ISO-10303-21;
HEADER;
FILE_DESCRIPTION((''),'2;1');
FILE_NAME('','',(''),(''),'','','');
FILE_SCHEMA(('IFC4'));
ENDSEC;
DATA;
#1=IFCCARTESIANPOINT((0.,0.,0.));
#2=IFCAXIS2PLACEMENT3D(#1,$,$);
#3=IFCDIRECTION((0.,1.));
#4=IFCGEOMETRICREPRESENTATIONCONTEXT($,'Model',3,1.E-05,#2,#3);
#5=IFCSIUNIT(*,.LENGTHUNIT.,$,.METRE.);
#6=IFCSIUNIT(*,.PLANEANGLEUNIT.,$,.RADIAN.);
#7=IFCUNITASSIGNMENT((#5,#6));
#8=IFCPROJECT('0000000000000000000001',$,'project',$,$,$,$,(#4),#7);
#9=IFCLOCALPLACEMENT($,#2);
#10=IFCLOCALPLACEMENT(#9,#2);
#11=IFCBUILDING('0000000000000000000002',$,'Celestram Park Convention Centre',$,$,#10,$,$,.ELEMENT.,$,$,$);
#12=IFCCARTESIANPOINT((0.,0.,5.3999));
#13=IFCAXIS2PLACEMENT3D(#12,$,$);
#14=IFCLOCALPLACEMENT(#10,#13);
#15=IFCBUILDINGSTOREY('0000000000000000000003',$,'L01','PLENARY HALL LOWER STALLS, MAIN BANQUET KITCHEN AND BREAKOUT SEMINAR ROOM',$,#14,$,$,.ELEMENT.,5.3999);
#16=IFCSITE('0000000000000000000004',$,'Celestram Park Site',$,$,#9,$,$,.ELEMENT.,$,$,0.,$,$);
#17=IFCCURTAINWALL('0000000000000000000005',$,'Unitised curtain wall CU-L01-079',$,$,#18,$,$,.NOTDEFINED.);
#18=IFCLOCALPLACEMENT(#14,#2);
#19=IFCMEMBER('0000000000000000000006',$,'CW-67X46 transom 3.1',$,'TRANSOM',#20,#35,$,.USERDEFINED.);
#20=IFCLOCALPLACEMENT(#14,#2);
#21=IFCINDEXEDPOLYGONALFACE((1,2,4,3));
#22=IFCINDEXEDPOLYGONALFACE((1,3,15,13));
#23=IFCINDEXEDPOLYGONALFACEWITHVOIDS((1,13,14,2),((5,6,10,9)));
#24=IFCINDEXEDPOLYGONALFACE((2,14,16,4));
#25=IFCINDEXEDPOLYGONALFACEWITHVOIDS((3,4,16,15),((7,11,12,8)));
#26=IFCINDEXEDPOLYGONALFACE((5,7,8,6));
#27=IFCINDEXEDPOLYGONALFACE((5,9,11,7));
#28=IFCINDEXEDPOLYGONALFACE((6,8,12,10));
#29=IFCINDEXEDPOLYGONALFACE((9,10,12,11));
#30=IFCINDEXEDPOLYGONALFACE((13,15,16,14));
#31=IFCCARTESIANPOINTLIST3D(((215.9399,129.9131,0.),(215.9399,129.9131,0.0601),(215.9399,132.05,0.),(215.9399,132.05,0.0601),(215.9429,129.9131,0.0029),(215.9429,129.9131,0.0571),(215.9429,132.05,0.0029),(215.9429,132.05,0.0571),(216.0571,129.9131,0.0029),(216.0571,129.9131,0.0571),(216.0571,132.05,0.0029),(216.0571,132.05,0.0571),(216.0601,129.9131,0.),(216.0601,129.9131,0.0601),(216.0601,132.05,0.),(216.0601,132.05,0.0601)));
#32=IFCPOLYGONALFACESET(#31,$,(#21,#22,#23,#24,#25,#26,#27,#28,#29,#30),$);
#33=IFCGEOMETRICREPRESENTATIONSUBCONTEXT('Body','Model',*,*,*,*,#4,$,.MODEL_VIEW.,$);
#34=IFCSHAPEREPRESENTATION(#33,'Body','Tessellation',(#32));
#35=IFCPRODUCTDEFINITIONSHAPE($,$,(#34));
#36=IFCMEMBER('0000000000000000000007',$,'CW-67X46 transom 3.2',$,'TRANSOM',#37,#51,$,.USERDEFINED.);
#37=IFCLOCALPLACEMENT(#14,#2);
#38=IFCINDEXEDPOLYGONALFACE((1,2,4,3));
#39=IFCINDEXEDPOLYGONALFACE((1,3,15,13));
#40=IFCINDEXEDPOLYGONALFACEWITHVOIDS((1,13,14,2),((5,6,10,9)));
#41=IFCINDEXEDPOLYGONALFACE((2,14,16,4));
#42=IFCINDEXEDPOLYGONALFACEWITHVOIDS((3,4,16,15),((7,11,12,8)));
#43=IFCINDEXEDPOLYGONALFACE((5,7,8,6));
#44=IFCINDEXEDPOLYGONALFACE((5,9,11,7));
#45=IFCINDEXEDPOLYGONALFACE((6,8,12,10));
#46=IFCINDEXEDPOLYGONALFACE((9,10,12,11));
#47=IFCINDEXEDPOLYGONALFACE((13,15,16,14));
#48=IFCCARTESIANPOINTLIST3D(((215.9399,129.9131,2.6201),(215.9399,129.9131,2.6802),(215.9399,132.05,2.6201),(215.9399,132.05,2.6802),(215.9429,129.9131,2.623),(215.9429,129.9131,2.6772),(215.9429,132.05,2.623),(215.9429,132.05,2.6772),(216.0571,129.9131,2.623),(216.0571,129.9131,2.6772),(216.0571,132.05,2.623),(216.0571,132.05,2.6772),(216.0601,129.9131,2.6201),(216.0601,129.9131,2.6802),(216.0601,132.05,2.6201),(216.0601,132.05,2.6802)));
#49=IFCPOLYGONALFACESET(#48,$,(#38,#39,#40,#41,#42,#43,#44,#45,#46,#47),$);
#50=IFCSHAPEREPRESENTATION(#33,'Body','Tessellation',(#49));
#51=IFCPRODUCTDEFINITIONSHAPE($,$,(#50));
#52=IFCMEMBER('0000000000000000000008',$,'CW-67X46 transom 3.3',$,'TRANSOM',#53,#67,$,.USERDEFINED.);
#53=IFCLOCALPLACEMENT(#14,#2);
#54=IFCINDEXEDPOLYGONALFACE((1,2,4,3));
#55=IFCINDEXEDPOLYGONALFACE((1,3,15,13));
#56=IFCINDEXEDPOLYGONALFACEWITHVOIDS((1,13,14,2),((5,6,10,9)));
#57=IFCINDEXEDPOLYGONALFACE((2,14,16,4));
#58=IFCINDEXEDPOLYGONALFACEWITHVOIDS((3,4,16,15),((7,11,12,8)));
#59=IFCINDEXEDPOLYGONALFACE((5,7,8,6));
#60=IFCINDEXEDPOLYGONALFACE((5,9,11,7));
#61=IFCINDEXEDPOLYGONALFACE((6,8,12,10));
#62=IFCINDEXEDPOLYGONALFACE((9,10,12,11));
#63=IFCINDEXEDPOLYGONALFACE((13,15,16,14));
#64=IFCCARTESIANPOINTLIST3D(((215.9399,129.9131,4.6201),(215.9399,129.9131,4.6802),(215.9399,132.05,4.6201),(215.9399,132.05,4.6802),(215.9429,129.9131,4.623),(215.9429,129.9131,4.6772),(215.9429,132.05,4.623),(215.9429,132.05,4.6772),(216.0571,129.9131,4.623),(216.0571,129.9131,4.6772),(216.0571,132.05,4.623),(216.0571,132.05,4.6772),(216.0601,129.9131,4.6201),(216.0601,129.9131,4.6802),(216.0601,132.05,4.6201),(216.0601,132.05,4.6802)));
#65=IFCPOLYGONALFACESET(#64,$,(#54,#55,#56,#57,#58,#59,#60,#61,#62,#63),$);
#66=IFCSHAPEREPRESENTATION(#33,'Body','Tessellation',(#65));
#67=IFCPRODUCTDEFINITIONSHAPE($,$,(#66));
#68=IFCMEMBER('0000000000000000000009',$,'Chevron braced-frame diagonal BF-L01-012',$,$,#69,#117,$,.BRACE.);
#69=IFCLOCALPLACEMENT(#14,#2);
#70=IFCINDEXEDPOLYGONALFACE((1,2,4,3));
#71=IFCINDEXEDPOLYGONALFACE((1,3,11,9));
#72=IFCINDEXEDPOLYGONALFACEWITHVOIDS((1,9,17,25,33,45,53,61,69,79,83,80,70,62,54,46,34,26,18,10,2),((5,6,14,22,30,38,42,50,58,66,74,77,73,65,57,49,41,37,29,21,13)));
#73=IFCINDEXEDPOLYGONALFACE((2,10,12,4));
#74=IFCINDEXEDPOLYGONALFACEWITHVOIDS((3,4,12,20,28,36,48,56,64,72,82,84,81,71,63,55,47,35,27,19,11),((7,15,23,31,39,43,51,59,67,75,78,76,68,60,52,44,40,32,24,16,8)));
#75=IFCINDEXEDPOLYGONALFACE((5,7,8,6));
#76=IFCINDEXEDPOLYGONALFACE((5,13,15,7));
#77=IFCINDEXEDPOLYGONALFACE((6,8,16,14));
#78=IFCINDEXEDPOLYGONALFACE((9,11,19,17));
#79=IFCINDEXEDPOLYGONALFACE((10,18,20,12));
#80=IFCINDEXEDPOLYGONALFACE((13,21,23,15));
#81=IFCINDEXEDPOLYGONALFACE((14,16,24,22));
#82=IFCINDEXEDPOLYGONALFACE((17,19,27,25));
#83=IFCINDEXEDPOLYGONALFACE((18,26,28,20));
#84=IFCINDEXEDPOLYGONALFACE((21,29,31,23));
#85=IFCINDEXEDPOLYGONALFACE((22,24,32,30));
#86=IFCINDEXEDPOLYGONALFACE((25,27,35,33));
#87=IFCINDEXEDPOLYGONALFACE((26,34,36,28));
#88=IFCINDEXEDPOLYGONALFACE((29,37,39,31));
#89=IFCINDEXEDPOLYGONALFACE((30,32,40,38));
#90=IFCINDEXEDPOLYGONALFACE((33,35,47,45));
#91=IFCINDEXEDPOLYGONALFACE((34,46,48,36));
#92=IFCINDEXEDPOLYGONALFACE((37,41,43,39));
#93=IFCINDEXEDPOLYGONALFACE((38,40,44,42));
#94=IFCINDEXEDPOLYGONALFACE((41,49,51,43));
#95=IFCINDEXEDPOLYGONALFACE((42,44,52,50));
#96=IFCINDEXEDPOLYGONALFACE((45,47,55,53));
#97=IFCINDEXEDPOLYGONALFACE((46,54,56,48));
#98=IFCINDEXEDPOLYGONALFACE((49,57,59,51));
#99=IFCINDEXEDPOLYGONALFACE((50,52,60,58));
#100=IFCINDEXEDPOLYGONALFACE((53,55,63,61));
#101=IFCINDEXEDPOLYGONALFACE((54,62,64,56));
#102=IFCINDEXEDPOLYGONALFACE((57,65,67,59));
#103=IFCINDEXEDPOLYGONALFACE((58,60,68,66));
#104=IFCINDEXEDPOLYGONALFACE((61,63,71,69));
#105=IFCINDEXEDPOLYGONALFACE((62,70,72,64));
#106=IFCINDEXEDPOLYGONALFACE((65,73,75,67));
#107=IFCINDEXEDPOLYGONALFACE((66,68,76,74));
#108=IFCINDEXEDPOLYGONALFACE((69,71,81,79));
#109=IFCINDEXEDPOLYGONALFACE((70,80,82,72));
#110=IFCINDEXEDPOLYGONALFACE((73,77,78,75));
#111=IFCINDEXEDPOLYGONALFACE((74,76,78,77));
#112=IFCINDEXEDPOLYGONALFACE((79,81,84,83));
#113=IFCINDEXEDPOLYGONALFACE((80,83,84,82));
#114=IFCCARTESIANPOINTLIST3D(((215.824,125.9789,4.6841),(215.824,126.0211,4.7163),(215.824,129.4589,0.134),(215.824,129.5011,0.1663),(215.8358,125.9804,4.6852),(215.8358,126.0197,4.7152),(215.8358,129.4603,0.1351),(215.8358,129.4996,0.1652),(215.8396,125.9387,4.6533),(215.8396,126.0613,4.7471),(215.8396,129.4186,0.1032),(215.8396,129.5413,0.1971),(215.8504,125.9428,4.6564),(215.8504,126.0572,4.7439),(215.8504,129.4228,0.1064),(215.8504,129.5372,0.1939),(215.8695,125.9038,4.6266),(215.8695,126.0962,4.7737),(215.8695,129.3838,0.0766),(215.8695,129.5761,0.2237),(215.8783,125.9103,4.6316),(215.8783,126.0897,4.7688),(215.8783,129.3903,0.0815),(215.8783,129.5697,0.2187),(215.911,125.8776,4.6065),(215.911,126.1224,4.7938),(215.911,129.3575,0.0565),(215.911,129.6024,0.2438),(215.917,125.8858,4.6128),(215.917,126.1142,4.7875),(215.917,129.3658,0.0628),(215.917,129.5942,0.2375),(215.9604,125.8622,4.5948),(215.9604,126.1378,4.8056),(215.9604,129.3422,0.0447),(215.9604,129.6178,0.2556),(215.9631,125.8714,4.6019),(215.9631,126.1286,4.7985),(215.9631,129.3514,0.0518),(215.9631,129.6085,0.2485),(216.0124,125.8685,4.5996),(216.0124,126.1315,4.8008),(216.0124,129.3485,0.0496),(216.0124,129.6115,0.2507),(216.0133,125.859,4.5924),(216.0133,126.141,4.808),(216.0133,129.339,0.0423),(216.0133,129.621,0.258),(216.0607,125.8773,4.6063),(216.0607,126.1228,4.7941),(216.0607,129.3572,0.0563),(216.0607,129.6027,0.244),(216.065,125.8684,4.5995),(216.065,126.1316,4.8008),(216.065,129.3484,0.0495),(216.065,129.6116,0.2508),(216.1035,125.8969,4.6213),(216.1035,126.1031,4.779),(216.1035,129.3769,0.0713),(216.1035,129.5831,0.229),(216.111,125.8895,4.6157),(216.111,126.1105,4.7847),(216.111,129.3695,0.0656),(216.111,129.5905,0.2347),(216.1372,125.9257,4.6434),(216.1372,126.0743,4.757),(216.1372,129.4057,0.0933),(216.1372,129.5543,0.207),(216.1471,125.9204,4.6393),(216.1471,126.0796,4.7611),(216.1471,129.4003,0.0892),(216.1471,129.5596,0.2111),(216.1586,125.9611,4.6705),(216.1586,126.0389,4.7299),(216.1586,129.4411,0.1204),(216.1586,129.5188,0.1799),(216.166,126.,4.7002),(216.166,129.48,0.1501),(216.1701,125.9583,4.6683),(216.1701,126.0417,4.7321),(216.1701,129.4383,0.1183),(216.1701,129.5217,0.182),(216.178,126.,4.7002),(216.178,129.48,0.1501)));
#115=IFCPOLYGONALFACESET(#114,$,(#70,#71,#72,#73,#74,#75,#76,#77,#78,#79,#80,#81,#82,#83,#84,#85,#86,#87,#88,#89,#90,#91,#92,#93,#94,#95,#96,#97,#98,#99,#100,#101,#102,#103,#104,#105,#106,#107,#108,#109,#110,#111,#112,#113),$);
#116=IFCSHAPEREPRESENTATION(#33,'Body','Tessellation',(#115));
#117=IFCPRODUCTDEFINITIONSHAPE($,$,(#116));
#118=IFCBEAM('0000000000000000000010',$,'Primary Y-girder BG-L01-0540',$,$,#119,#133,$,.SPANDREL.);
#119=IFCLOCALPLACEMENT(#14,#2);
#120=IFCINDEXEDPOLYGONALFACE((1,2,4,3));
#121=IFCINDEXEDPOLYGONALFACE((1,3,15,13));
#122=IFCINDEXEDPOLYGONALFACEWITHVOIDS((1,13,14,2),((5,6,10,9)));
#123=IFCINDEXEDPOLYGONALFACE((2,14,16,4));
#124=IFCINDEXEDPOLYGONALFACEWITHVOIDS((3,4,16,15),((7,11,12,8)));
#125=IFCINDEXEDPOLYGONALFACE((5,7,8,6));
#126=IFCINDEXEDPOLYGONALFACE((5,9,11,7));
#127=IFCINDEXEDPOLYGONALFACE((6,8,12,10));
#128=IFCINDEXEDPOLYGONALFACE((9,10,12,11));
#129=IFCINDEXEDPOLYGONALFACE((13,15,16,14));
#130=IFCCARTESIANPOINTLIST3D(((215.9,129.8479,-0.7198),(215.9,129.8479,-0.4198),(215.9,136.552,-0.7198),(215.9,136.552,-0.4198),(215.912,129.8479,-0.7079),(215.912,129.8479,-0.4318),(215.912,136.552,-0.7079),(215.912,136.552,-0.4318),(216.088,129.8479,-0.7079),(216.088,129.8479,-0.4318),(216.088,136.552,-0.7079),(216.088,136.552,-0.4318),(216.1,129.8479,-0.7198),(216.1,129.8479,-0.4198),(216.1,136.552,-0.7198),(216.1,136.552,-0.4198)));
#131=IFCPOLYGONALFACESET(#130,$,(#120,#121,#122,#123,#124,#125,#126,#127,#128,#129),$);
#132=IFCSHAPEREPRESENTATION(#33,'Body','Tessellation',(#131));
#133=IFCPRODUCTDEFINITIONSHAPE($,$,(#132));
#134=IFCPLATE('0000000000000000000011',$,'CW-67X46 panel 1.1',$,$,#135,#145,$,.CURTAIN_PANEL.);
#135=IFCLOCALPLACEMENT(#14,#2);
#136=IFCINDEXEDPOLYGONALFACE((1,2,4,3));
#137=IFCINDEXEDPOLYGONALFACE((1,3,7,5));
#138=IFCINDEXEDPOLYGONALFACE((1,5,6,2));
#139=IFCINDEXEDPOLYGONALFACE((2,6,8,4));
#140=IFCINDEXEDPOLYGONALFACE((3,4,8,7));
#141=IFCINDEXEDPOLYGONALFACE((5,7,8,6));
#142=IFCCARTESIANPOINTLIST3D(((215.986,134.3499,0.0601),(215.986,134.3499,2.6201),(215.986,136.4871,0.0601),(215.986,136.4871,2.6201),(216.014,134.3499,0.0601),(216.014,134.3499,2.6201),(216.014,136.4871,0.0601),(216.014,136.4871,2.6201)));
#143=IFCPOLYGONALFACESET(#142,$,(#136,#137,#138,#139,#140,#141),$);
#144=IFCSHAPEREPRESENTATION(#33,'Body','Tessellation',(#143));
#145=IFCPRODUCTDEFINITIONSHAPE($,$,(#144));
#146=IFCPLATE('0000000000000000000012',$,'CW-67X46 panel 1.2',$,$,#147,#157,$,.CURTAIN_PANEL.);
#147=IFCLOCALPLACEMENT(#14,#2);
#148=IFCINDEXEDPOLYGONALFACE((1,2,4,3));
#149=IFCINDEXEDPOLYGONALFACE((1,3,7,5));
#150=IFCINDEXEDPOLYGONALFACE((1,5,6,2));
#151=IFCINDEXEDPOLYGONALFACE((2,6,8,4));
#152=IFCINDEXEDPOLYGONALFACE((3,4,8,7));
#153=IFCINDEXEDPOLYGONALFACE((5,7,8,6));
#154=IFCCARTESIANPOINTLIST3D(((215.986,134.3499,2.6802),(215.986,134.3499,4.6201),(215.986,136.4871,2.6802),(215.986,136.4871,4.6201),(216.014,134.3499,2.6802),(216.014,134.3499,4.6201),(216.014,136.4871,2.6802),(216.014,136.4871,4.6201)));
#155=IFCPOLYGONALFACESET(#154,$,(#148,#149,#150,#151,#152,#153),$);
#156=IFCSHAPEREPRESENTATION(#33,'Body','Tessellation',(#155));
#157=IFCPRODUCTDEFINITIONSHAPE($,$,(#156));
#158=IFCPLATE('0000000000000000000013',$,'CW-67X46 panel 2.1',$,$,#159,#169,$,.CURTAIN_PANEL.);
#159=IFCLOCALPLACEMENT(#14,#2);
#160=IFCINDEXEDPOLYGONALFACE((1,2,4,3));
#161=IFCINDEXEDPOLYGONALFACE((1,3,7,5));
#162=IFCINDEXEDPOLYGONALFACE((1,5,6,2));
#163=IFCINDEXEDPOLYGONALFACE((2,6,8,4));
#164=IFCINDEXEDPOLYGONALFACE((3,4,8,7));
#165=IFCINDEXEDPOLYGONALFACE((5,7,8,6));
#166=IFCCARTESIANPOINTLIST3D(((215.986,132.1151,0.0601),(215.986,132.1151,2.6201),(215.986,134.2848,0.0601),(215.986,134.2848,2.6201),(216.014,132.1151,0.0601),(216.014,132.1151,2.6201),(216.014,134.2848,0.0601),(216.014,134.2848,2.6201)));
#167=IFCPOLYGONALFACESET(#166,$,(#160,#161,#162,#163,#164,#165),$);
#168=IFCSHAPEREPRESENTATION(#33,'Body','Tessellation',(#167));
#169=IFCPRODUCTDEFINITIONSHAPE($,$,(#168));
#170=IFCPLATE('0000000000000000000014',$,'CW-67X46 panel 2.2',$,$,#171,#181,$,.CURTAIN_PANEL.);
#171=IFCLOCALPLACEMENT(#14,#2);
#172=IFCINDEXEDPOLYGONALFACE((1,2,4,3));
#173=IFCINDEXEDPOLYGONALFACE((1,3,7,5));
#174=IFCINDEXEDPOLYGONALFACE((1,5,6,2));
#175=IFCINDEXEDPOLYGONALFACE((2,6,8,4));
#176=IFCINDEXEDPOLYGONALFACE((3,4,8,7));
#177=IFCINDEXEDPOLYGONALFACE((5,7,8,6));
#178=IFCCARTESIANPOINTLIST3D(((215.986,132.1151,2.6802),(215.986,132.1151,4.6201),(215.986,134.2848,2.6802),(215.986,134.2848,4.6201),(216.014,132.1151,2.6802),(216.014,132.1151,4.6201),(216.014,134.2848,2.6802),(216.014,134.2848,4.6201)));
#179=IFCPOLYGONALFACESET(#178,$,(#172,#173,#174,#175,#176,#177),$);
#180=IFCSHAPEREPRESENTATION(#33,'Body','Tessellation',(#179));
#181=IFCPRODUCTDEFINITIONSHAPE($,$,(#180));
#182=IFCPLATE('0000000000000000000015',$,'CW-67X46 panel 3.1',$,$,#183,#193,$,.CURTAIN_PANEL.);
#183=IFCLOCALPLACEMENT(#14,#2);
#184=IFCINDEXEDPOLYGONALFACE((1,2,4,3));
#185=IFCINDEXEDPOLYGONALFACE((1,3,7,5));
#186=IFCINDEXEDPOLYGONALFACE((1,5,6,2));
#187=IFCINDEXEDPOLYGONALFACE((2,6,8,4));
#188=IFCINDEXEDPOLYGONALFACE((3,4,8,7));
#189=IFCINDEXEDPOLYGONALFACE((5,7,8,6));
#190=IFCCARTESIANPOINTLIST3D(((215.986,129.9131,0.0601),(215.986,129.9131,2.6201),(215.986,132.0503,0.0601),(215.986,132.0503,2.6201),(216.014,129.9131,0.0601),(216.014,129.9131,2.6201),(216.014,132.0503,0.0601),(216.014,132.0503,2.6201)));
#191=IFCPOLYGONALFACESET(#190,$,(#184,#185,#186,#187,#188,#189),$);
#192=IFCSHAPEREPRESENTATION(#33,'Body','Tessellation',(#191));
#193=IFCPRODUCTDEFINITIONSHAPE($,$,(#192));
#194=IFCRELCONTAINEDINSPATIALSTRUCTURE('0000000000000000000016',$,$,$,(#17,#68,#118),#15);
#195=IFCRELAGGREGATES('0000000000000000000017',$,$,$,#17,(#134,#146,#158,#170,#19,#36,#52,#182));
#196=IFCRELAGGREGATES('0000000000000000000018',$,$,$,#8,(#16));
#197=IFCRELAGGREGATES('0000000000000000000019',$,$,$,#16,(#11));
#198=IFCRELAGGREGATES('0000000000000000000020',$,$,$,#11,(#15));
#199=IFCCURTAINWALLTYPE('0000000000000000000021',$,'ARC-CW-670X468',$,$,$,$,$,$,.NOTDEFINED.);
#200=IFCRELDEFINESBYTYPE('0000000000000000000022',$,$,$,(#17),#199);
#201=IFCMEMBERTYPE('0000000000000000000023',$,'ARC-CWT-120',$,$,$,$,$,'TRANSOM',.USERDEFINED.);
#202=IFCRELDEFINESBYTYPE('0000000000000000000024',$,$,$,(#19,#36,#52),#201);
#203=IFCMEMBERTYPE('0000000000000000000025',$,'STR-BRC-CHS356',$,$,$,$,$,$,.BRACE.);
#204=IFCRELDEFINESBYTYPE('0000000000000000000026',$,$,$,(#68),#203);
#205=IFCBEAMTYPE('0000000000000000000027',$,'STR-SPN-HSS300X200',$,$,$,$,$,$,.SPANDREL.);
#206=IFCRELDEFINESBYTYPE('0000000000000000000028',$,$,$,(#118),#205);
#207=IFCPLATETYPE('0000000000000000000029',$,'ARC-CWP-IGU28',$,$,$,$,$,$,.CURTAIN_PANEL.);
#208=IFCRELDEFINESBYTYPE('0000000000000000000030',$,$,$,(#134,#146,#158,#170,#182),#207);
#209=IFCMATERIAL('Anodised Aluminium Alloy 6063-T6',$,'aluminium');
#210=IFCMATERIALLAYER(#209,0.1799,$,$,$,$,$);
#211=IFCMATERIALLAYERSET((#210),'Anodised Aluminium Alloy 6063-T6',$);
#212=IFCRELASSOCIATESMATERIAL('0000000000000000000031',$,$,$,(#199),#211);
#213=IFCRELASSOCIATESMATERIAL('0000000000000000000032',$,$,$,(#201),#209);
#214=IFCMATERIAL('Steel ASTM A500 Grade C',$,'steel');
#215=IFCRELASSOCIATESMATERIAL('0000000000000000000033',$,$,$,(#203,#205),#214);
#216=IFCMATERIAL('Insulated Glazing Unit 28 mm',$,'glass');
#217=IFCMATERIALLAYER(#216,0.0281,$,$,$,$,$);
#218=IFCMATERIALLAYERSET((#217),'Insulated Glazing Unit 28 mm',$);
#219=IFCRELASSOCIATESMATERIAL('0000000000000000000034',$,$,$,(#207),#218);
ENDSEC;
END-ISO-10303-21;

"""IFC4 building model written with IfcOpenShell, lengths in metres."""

from ifc_helpers import new_model, si_unit, direction, frame, origin, origin_2d, place, context, subcontext, project, spatial, rectangle, hollow_rectangle, hollow_circle, extrude, material, layer, layer_set, material_profile, profile_set, type_object, element, aggregate, save


model = new_model("IFC4")

# Units and contexts
model_context = context("Model", 3, precision=1e-05, world=origin(), true_north=direction((0.0, 1.0)))
body_context = subcontext(model_context, "Body", "Model", "MODEL_VIEW")
ifc_project = project(units=[si_unit("LENGTHUNIT", "METRE"), si_unit("PLANEANGLEUNIT", "RADIAN")], contexts=[model_context])

# Site, building, storey
site_placement = place(None, origin())
site = spatial("IfcSite", under=ifc_project, at=site_placement, Name="Celestram Park Site", CompositionType="ELEMENT", RefElevation=0.0)
building_placement = place(site_placement, origin())
building = spatial("IfcBuilding", under=site, at=building_placement, Name="Celestram Park Convention Centre", CompositionType="ELEMENT")
storey_placement = place(building_placement, frame((0.0, 0.0, 5.3999)))
storey = spatial("IfcBuildingStorey", under=building, at=storey_placement, Name="L01", Description="PLENARY HALL LOWER STALLS, MAIN BANQUET KITCHEN AND BREAKOUT SEMINAR ROOM", CompositionType="ELEMENT", Elevation=5.3999)

# Shared definitions
ifc_material_1 = material(Name="Steel ASTM A500 Grade C", Category="steel")

# Curtain wall, members
ifc_material_2 = material(Name="Anodised Aluminium Alloy 6063-T6", Category="aluminium")
ifc_layer_1 = layer(ifc_material_2, 0.1799)
ifc_layer_set_1 = layer_set([ifc_layer_1], Name="Anodised Aluminium Alloy 6063-T6")
curtain_wall_type = type_object("IfcCurtainWallType", Name="ARC-CW-670X468", PredefinedType="NOTDEFINED", material=ifc_layer_set_1)
curtain_wall_placement = place(storey_placement, origin())
curtain_wall = element("IfcCurtainWall", 1, at=curtain_wall_placement, inside=storey, type_object=curtain_wall_type, Name="Unitised curtain wall CU-L01-079", PredefinedType="NOTDEFINED")
ifc_material_profile_1 = material_profile(ifc_material_2, hollow_rectangle(XDim=0.1201, YDim=0.0601, WallThickness=0.0029, at=origin_2d()), Name="ALU120X60X3")
ifc_profile_set_1 = profile_set([ifc_material_profile_1], Name="Anodised Aluminium Alloy 6063-T6")
member_type_1 = type_object("IfcMemberType", Name="ARC-CWT-120", ElementType="TRANSOM", PredefinedType="USERDEFINED", material=ifc_profile_set_1)
member_1_placement = place(storey_placement, frame((216.0, 132.05, 0.03), z_axis=(0.0, -1.0, 0.0), x_axis=(1.0, 0.0, 0.0)))
member_1 = element("IfcMember", 2, at=member_1_placement, type_object=member_type_1, Name="CW-67X46 transom 3.1", ObjectType="TRANSOM", PredefinedType="USERDEFINED", context=body_context, shape_type="SweptSolid", body=[
    extrude(hollow_rectangle(XDim=0.1201, YDim=0.0601, WallThickness=0.0029, at=origin_2d()), origin(), (0.0, 0.0, 1.0), 2.137),
])
member_2_placement = place(storey_placement, frame((216.0, 132.05, 2.6501), z_axis=(0.0, -1.0, 0.0), x_axis=(1.0, 0.0, 0.0)))
member_2 = element("IfcMember", 3, at=member_2_placement, type_object=member_type_1, Name="CW-67X46 transom 3.2", ObjectType="TRANSOM", PredefinedType="USERDEFINED", context=body_context, shape_type="SweptSolid", body=[
    extrude(hollow_rectangle(XDim=0.1201, YDim=0.0601, WallThickness=0.0029, at=origin_2d()), origin(), (0.0, 0.0, 1.0), 2.137),
])
member_3_placement = place(storey_placement, frame((216.0, 132.05, 4.6501), z_axis=(0.0, -1.0, 0.0), x_axis=(1.0, 0.0, 0.0)))
member_3 = element("IfcMember", 4, at=member_3_placement, type_object=member_type_1, Name="CW-67X46 transom 3.3", ObjectType="TRANSOM", PredefinedType="USERDEFINED", context=body_context, shape_type="SweptSolid", body=[
    extrude(hollow_rectangle(XDim=0.1201, YDim=0.0601, WallThickness=0.0029, at=origin_2d()), origin(), (0.0, 0.0, 1.0), 2.137),
])

# Member
ifc_material_profile_2 = material_profile(ifc_material_1, hollow_circle(Radius=0.178, WallThickness=0.012, at=origin_2d()), Name="CHS356X12")
ifc_profile_set_2 = profile_set([ifc_material_profile_2], Name="Steel ASTM A500 Grade C")
member_type_2 = type_object("IfcMemberType", Name="STR-BRC-CHS356", PredefinedType="BRACE", material=ifc_profile_set_2)
member_4_placement = place(storey_placement, frame((216.0, 129.48, 0.1501), z_axis=(0.0, -0.607509, 0.794313), x_axis=(1.0, 0.0, 0.0)))
element("IfcMember", 5, at=member_4_placement, inside=storey, type_object=member_type_2, Name="Chevron braced-frame diagonal BF-L01-012", PredefinedType="BRACE", context=body_context, shape_type="SweptSolid", body=[
    extrude(hollow_circle(Radius=0.178, WallThickness=0.012, at=origin_2d()), origin(), (0.0, 0.0, 1.0), 5.7283),
])

# Beam
ifc_material_profile_3 = material_profile(ifc_material_1, hollow_rectangle(XDim=0.2, YDim=0.3, WallThickness=0.012, at=origin_2d()), Name="HSS300X200X12")
ifc_profile_set_3 = profile_set([ifc_material_profile_3], Name="Steel ASTM A500 Grade C")
beam_type = type_object("IfcBeamType", Name="STR-SPN-HSS300X200", PredefinedType="SPANDREL", material=ifc_profile_set_3)
beam_placement = place(storey_placement, frame((216.0, 129.8479, -0.5698), z_axis=(0.0, 1.0, 0.0), x_axis=(-1.0, 0.0, 0.0)))
element("IfcBeam", 6, at=beam_placement, inside=storey, type_object=beam_type, Name="Primary Y-girder BG-L01-0540", PredefinedType="SPANDREL", context=body_context, shape_type="SweptSolid", body=[
    extrude(hollow_rectangle(XDim=0.2, YDim=0.3, WallThickness=0.012, at=origin_2d()), origin(), (0.0, 0.0, 1.0), 6.7041),
])

# Plates
ifc_material_3 = material(Name="Insulated Glazing Unit 28 mm", Category="glass")
ifc_layer_2 = layer(ifc_material_3, 0.0281)
ifc_layer_set_2 = layer_set([ifc_layer_2], Name="Insulated Glazing Unit 28 mm")
plate_type_1 = type_object("IfcPlateType", Name="ARC-CWP-IGU28", PredefinedType="CURTAIN_PANEL", material=ifc_layer_set_2)
plate_1_placement = place(storey_placement, frame((216.0, 135.4185, 0.0601), z_axis=(0.0, 0.0, 1.0), x_axis=(0.0, -1.0, 0.0)))
plate_1 = element("IfcPlate", 7, at=plate_1_placement, type_object=plate_type_1, Name="CW-67X46 panel 1.1", PredefinedType="CURTAIN_PANEL", context=body_context, shape_type="SweptSolid", body=[
    extrude(rectangle(XDim=2.1372, YDim=0.0281, at=origin_2d()), origin(), (0.0, 0.0, 1.0), 2.5601),
])
plate_2_placement = place(storey_placement, frame((216.0, 135.4185, 2.6802), z_axis=(0.0, 0.0, 1.0), x_axis=(0.0, -1.0, 0.0)))
plate_2 = element("IfcPlate", 8, at=plate_2_placement, type_object=plate_type_1, Name="CW-67X46 panel 1.2", PredefinedType="CURTAIN_PANEL", context=body_context, shape_type="SweptSolid", body=[
    extrude(rectangle(XDim=2.1372, YDim=0.0281, at=origin_2d()), origin(), (0.0, 0.0, 1.0), 1.9399),
])
plate_3_placement = place(storey_placement, frame((216.0, 133.2, 0.0601), z_axis=(0.0, 0.0, 1.0), x_axis=(0.0, -1.0, 0.0)))
plate_3 = element("IfcPlate", 9, at=plate_3_placement, type_object=plate_type_1, Name="CW-67X46 panel 2.1", PredefinedType="CURTAIN_PANEL", context=body_context, shape_type="SweptSolid", body=[
    extrude(rectangle(XDim=2.1697, YDim=0.0281, at=origin_2d()), origin(), (0.0, 0.0, 1.0), 2.5601),
])
plate_4_placement = place(storey_placement, frame((216.0, 133.2, 2.6802), z_axis=(0.0, 0.0, 1.0), x_axis=(0.0, -1.0, 0.0)))
plate_4 = element("IfcPlate", 10, at=plate_4_placement, type_object=plate_type_1, Name="CW-67X46 panel 2.2", PredefinedType="CURTAIN_PANEL", context=body_context, shape_type="SweptSolid", body=[
    extrude(rectangle(XDim=2.1697, YDim=0.0281, at=origin_2d()), origin(), (0.0, 0.0, 1.0), 1.9399),
])
plate_5_placement = place(storey_placement, frame((216.0, 130.9817, 0.0601), z_axis=(0.0, 0.0, 1.0), x_axis=(0.0, -1.0, 0.0)))
plate_5 = element("IfcPlate", 11, at=plate_5_placement, type_object=plate_type_1, Name="CW-67X46 panel 3.1", PredefinedType="CURTAIN_PANEL", context=body_context, shape_type="SweptSolid", body=[
    extrude(rectangle(XDim=2.1372, YDim=0.0281, at=origin_2d()), origin(), (0.0, 0.0, 1.0), 2.5601),
])
aggregate(curtain_wall, [plate_1, plate_2, plate_3, plate_4, member_1, member_2, member_3, plate_5])

save(model, "model.ifc")
